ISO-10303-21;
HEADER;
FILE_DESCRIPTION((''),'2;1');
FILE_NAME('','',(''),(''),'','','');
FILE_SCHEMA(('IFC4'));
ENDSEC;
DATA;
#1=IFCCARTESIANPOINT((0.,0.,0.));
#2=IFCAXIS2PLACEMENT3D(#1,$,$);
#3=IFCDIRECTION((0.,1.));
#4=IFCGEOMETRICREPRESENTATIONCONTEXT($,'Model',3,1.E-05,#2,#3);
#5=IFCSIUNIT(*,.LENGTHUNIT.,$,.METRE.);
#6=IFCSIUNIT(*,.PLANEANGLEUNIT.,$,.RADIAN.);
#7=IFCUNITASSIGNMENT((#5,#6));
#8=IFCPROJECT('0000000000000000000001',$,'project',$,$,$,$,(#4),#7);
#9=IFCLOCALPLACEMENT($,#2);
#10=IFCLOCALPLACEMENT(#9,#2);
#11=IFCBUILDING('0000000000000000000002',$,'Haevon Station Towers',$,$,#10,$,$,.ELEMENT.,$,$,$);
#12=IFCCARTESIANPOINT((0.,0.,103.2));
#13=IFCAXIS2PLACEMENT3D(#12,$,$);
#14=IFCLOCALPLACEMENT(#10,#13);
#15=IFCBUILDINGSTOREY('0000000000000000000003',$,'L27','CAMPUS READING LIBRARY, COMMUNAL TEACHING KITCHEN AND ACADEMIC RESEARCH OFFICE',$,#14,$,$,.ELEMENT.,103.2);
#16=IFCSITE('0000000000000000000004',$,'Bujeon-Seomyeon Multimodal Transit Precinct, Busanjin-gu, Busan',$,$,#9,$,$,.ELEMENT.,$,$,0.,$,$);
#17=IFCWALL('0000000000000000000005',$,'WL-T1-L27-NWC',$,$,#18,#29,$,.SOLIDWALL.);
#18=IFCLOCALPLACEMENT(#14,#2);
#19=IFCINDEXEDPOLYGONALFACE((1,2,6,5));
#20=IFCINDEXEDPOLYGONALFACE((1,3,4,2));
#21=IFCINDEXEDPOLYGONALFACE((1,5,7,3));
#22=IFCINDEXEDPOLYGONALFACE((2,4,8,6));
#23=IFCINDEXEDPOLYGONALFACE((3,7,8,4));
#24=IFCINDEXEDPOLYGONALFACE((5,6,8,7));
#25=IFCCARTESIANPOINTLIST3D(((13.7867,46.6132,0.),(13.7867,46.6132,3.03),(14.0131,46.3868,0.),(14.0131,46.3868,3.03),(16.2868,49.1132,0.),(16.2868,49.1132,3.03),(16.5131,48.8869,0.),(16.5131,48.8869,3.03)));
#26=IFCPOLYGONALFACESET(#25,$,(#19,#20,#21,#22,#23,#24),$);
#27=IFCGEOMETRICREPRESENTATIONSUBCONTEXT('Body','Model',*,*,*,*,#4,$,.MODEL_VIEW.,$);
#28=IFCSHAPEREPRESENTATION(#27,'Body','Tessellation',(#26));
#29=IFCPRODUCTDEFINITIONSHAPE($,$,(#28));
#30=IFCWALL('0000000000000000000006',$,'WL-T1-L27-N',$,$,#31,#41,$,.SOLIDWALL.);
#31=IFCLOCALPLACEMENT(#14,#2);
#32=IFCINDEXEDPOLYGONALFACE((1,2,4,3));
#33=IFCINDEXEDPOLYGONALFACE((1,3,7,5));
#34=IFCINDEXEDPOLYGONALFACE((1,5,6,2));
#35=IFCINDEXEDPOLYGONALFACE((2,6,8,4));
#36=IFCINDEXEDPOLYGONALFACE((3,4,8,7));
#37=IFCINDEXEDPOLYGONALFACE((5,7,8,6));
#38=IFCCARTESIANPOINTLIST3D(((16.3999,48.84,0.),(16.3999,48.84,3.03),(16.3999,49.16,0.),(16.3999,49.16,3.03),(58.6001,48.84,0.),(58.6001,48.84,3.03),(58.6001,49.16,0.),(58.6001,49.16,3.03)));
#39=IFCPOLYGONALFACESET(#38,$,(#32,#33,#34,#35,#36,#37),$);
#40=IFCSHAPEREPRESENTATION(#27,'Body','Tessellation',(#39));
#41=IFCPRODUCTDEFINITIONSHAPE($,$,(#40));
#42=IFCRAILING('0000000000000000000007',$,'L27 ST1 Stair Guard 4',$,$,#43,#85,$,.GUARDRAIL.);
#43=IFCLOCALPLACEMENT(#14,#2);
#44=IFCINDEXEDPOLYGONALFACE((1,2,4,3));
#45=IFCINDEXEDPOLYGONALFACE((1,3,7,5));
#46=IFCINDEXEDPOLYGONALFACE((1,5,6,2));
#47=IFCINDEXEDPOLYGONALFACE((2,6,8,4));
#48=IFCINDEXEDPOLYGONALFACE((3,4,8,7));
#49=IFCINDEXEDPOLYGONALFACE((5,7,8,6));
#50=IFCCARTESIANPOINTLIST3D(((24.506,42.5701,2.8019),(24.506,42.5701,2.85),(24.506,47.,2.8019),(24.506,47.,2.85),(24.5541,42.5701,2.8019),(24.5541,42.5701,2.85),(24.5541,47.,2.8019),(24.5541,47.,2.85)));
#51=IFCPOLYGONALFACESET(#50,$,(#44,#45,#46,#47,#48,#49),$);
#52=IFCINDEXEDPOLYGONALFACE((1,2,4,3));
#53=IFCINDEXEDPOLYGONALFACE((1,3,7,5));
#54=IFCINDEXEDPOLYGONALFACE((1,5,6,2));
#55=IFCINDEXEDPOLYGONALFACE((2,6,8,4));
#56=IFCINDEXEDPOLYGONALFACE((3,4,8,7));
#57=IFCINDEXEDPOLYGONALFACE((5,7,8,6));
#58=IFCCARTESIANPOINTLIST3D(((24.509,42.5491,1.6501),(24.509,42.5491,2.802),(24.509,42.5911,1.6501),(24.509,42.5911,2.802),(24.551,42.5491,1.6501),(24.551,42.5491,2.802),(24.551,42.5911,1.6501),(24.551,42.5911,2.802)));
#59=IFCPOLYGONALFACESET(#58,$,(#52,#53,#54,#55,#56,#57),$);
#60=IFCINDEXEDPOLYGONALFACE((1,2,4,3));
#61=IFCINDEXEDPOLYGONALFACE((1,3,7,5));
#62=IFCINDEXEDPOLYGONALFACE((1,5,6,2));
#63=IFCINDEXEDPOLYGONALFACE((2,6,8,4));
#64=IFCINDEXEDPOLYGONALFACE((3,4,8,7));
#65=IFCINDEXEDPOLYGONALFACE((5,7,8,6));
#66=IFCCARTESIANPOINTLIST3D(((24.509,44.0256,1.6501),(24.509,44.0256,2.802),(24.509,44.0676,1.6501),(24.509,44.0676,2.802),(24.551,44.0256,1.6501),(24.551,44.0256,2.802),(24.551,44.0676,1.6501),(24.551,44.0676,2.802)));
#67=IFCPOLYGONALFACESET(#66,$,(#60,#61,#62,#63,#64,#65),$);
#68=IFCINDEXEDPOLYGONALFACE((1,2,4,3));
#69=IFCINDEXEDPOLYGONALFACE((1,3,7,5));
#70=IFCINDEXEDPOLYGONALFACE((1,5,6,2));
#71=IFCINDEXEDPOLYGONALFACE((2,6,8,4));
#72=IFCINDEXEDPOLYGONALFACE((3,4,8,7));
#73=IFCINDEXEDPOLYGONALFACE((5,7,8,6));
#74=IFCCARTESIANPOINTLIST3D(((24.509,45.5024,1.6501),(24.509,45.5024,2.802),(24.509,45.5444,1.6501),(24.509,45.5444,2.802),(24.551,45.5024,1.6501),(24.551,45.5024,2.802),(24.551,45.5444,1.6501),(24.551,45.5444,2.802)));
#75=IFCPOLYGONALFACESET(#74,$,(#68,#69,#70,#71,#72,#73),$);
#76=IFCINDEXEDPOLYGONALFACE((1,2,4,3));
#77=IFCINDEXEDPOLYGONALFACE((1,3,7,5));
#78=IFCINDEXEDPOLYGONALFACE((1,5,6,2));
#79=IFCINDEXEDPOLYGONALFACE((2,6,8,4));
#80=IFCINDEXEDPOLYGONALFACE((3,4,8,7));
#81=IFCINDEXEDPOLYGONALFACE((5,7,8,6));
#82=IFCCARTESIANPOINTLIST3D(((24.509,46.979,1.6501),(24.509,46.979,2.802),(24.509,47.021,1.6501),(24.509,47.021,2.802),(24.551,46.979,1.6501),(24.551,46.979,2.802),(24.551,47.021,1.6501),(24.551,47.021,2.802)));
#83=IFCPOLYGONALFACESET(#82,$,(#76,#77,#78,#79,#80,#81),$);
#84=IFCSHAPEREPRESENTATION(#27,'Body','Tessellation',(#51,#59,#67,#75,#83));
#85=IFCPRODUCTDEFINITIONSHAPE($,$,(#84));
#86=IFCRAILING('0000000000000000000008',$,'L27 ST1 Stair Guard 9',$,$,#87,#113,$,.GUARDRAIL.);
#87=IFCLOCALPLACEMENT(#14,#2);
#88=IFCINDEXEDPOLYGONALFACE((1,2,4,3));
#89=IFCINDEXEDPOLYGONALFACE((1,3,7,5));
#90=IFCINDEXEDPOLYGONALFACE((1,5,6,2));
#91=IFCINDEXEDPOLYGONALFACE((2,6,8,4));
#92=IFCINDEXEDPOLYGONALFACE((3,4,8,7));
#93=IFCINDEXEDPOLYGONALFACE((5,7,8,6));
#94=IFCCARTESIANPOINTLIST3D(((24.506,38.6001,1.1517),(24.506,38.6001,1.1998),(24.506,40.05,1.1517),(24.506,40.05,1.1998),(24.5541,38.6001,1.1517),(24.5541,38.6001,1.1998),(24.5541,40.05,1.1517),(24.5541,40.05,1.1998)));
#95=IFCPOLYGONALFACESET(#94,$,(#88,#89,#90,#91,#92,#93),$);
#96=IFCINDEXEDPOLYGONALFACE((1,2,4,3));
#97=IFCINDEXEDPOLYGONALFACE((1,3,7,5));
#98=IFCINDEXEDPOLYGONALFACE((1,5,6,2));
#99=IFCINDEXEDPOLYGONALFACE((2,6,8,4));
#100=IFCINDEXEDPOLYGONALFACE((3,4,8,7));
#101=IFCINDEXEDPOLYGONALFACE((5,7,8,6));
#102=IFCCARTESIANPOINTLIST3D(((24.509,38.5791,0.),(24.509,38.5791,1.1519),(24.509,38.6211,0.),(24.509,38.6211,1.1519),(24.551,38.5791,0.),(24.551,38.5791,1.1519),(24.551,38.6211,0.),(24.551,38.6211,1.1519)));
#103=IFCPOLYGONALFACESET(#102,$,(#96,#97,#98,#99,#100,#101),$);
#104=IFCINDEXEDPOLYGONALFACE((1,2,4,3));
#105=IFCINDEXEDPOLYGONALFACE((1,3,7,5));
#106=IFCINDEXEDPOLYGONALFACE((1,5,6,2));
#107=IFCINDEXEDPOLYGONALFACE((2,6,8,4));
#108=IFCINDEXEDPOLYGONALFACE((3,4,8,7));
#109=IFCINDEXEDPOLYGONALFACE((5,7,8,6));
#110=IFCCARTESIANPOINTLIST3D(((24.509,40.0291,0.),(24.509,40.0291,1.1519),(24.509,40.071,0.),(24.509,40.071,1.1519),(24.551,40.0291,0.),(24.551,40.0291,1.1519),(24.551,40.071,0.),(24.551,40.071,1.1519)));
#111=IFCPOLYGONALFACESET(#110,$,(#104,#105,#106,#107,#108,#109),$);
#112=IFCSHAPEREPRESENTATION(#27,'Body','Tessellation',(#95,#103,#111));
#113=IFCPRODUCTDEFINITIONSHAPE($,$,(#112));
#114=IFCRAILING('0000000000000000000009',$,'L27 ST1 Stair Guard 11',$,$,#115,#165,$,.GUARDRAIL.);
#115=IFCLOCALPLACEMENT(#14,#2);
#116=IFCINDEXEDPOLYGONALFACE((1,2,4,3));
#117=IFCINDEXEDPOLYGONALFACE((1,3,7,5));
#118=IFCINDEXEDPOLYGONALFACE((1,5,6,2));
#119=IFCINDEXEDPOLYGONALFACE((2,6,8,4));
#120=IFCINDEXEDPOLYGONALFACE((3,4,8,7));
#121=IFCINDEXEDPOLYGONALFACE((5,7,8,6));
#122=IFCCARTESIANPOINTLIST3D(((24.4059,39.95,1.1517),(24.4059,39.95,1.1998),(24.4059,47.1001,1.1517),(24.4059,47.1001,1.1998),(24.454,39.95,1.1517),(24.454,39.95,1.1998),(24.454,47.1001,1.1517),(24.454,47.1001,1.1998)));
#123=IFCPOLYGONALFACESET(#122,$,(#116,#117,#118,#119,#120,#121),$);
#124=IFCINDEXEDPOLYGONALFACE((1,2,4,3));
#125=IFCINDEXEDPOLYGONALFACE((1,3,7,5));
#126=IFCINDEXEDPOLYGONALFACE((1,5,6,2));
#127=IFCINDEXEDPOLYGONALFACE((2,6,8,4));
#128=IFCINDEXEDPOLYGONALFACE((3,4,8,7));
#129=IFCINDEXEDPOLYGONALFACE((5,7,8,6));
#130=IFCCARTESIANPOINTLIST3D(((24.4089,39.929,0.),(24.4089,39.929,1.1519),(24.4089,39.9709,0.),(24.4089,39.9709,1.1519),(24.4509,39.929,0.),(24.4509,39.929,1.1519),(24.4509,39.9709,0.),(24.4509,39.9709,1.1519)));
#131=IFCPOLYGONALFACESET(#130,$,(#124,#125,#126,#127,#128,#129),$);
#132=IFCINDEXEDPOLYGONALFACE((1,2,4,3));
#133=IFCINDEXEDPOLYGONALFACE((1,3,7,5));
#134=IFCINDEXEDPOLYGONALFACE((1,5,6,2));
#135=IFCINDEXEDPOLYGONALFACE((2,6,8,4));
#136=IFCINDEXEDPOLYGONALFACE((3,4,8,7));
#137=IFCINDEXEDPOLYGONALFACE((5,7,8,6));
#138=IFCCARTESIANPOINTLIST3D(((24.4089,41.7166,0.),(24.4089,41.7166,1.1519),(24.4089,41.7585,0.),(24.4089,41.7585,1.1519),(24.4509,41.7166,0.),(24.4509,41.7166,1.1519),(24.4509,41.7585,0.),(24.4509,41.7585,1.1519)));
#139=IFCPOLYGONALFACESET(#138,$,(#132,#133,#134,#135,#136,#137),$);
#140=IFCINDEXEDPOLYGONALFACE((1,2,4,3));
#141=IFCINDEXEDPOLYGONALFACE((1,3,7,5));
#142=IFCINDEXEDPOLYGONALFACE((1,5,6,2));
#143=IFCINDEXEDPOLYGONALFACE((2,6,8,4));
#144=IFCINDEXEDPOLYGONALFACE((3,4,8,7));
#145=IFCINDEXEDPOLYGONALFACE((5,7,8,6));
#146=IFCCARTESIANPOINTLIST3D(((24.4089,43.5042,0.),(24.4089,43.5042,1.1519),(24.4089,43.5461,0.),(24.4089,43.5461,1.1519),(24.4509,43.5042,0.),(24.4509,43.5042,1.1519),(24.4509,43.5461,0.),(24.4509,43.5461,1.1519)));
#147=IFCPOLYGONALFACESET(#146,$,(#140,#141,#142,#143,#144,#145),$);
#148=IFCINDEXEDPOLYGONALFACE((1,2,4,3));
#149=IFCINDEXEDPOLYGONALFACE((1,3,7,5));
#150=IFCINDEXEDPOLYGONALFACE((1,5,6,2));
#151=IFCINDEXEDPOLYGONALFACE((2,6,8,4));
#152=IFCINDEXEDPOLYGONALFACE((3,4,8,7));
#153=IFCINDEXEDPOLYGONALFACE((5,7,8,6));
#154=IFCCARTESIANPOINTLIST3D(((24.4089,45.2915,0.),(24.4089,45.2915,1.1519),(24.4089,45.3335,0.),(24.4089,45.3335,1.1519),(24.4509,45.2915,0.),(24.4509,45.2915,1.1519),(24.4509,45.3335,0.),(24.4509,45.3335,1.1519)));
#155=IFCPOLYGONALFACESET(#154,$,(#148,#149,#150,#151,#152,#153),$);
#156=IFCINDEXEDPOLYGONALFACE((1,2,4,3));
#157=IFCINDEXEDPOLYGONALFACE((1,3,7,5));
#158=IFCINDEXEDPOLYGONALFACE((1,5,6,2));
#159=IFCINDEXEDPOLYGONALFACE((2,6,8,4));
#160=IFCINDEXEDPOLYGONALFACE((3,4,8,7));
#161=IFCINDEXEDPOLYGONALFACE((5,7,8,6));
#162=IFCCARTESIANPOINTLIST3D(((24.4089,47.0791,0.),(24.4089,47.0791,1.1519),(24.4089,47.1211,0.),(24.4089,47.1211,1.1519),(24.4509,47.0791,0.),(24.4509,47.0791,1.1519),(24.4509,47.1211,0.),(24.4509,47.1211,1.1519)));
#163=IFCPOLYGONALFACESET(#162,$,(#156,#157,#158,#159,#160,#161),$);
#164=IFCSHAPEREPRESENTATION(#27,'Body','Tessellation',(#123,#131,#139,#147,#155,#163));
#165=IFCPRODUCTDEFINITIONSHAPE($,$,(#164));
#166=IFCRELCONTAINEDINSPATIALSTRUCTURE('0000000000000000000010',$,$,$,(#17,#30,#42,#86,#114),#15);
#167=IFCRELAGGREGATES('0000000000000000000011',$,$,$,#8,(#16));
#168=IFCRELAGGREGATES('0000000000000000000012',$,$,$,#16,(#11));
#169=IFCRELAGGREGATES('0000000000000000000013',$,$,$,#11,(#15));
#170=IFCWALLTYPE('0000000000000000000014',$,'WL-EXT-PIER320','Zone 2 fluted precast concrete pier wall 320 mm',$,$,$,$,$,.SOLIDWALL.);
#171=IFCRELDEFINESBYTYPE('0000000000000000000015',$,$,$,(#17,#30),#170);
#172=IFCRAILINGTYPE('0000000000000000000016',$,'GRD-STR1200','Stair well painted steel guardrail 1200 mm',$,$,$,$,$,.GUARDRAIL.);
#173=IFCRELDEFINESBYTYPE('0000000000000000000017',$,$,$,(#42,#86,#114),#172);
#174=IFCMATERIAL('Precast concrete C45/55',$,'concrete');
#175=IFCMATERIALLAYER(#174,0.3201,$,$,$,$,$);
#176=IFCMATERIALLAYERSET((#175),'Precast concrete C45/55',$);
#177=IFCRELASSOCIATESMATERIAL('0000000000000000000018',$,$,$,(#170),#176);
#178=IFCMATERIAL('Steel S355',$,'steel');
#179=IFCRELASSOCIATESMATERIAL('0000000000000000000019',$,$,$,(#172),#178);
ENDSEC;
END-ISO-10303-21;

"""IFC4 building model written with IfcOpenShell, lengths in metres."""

from ifc_helpers import new_model, si_unit, direction, frame, frame_2d, origin, origin_2d, place, context, subcontext, project, spatial, rectangle, extrude, material, layer, layer_set, type_object, element, save


model = new_model("IFC4")

# Units and contexts
model_context = context("Model", 3, precision=1e-05, world=origin(), true_north=direction((0.0, 1.0)))
body_context = subcontext(model_context, "Body", "Model", "MODEL_VIEW")
ifc_project = project(units=[si_unit("LENGTHUNIT", "METRE"), si_unit("PLANEANGLEUNIT", "RADIAN")], contexts=[model_context])

# Site, building, storey
site_placement = place(None, origin())
site = spatial("IfcSite", under=ifc_project, at=site_placement, Name="Bujeon-Seomyeon Multimodal Transit Precinct, Busanjin-gu, Busan", CompositionType="ELEMENT", RefElevation=0.0)
building_placement = place(site_placement, origin())
building = spatial("IfcBuilding", under=site, at=building_placement, Name="Haevon Station Towers", CompositionType="ELEMENT")
storey_placement = place(building_placement, frame((0.0, 0.0, 103.2)))
storey = spatial("IfcBuildingStorey", under=building, at=storey_placement, Name="L27", Description="CAMPUS READING LIBRARY, COMMUNAL TEACHING KITCHEN AND ACADEMIC RESEARCH OFFICE", CompositionType="ELEMENT", Elevation=103.2)

# Shared definitions
ifc_material_1 = material(Name="Steel S355", Category="steel")

# Walls
ifc_material_2 = material(Name="Precast concrete C45/55", Category="concrete")
ifc_layer_1 = layer(ifc_material_2, 0.3201)
ifc_layer_set_1 = layer_set([ifc_layer_1], Name="Precast concrete C45/55")
wall_type_1 = type_object("IfcWallType", Name="WL-EXT-PIER320", Description="Zone 2 fluted precast concrete pier wall 320 mm", PredefinedType="SOLIDWALL", material=ifc_layer_set_1)
wall_1_placement = place(storey_placement, frame((13.8999, 46.5, 0.0), z_axis=(0.0, 0.0, 1.0), x_axis=(0.707107, 0.707107, 0.0)))
element("IfcWall", 1, at=wall_1_placement, inside=storey, type_object=wall_type_1, Name="WL-T1-L27-NWC", PredefinedType="SOLIDWALL", context=body_context, shape_type="SweptSolid", body=[
    extrude(rectangle(XDim=3.5356, YDim=0.3201, at=frame_2d((1.7678, 0.0))), origin(), (0.0, 0.0, 1.0), 3.03),
])
wall_2_placement = place(storey_placement, frame((16.3999, 49.0, 0.0), z_axis=(0.0, 0.0, 1.0), x_axis=(1.0, 0.0, 0.0)))
element("IfcWall", 2, at=wall_2_placement, inside=storey, type_object=wall_type_1, Name="WL-T1-L27-N", PredefinedType="SOLIDWALL", context=body_context, shape_type="SweptSolid", body=[
    extrude(rectangle(XDim=42.2002, YDim=0.3201, at=frame_2d((21.1001, 0.0))), origin(), (0.0, 0.0, 1.0), 3.03),
])

# Railings
railing_type = type_object("IfcRailingType", Name="GRD-STR1200", Description="Stair well painted steel guardrail 1200 mm", PredefinedType="GUARDRAIL", material=ifc_material_1)
railing_1_placement = place(storey_placement, frame((24.53, 42.5701, 1.6501)))
element("IfcRailing", 3, at=railing_1_placement, inside=storey, type_object=railing_type, Name="L27 ST1 Stair Guard 4", PredefinedType="GUARDRAIL", context=body_context, shape_type="SweptSolid", body=[
    extrude(rectangle(XDim=0.0481, YDim=0.0481, at=origin_2d()), frame((0.0, 0.0, 1.1758), z_axis=(0.0, 1.0, 0.0), x_axis=(-1.0, 0.0, 0.0)), (0.0, 0.0, 1.0), 4.4299),
    extrude(rectangle(XDim=0.042, YDim=0.042, at=origin_2d()), origin(), (0.0, 0.0, 1.0), 1.1519),
    extrude(rectangle(XDim=0.042, YDim=0.042, at=origin_2d()), frame((0.0, 1.4766, 0.0)), (0.0, 0.0, 1.0), 1.1519),
    extrude(rectangle(XDim=0.042, YDim=0.042, at=origin_2d()), frame((0.0, 2.9534, 0.0)), (0.0, 0.0, 1.0), 1.1519),
    extrude(rectangle(XDim=0.042, YDim=0.042, at=origin_2d()), frame((0.0, 4.4299, 0.0)), (0.0, 0.0, 1.0), 1.1519),
])
railing_2_placement = place(storey_placement, frame((24.53, 38.6001, 0.0)))
element("IfcRailing", 4, at=railing_2_placement, inside=storey, type_object=railing_type, Name="L27 ST1 Stair Guard 9", PredefinedType="GUARDRAIL", context=body_context, shape_type="SweptSolid", body=[
    extrude(rectangle(XDim=0.0481, YDim=0.0481, at=origin_2d()), frame((0.0, 0.0, 1.1758), z_axis=(0.0, 1.0, 0.0), x_axis=(-1.0, 0.0, 0.0)), (0.0, 0.0, 1.0), 1.45),
    extrude(rectangle(XDim=0.042, YDim=0.042, at=origin_2d()), origin(), (0.0, 0.0, 1.0), 1.1519),
    extrude(rectangle(XDim=0.042, YDim=0.042, at=origin_2d()), frame((0.0, 1.45, 0.0)), (0.0, 0.0, 1.0), 1.1519),
])
railing_3_placement = place(storey_placement, frame((24.4299, 39.95, 0.0)))
element("IfcRailing", 5, at=railing_3_placement, inside=storey, type_object=railing_type, Name="L27 ST1 Stair Guard 11", PredefinedType="GUARDRAIL", context=body_context, shape_type="SweptSolid", body=[
    extrude(rectangle(XDim=0.0481, YDim=0.0481, at=origin_2d()), frame((0.0, 0.0, 1.1758), z_axis=(0.0, 1.0, 0.0), x_axis=(-1.0, 0.0, 0.0)), (0.0, 0.0, 1.0), 7.1501),
    extrude(rectangle(XDim=0.042, YDim=0.042, at=origin_2d()), origin(), (0.0, 0.0, 1.0), 1.1519),
    extrude(rectangle(XDim=0.042, YDim=0.042, at=origin_2d()), frame((0.0, 1.7876, 0.0)), (0.0, 0.0, 1.0), 1.1519),
    extrude(rectangle(XDim=0.042, YDim=0.042, at=origin_2d()), frame((0.0, 3.5752, 0.0)), (0.0, 0.0, 1.0), 1.1519),
    extrude(rectangle(XDim=0.042, YDim=0.042, at=origin_2d()), frame((0.0, 5.3625, 0.0)), (0.0, 0.0, 1.0), 1.1519),
    extrude(rectangle(XDim=0.042, YDim=0.042, at=origin_2d()), frame((0.0, 7.1501, 0.0)), (0.0, 0.0, 1.0), 1.1519),
])

save(model, "model.ifc")
